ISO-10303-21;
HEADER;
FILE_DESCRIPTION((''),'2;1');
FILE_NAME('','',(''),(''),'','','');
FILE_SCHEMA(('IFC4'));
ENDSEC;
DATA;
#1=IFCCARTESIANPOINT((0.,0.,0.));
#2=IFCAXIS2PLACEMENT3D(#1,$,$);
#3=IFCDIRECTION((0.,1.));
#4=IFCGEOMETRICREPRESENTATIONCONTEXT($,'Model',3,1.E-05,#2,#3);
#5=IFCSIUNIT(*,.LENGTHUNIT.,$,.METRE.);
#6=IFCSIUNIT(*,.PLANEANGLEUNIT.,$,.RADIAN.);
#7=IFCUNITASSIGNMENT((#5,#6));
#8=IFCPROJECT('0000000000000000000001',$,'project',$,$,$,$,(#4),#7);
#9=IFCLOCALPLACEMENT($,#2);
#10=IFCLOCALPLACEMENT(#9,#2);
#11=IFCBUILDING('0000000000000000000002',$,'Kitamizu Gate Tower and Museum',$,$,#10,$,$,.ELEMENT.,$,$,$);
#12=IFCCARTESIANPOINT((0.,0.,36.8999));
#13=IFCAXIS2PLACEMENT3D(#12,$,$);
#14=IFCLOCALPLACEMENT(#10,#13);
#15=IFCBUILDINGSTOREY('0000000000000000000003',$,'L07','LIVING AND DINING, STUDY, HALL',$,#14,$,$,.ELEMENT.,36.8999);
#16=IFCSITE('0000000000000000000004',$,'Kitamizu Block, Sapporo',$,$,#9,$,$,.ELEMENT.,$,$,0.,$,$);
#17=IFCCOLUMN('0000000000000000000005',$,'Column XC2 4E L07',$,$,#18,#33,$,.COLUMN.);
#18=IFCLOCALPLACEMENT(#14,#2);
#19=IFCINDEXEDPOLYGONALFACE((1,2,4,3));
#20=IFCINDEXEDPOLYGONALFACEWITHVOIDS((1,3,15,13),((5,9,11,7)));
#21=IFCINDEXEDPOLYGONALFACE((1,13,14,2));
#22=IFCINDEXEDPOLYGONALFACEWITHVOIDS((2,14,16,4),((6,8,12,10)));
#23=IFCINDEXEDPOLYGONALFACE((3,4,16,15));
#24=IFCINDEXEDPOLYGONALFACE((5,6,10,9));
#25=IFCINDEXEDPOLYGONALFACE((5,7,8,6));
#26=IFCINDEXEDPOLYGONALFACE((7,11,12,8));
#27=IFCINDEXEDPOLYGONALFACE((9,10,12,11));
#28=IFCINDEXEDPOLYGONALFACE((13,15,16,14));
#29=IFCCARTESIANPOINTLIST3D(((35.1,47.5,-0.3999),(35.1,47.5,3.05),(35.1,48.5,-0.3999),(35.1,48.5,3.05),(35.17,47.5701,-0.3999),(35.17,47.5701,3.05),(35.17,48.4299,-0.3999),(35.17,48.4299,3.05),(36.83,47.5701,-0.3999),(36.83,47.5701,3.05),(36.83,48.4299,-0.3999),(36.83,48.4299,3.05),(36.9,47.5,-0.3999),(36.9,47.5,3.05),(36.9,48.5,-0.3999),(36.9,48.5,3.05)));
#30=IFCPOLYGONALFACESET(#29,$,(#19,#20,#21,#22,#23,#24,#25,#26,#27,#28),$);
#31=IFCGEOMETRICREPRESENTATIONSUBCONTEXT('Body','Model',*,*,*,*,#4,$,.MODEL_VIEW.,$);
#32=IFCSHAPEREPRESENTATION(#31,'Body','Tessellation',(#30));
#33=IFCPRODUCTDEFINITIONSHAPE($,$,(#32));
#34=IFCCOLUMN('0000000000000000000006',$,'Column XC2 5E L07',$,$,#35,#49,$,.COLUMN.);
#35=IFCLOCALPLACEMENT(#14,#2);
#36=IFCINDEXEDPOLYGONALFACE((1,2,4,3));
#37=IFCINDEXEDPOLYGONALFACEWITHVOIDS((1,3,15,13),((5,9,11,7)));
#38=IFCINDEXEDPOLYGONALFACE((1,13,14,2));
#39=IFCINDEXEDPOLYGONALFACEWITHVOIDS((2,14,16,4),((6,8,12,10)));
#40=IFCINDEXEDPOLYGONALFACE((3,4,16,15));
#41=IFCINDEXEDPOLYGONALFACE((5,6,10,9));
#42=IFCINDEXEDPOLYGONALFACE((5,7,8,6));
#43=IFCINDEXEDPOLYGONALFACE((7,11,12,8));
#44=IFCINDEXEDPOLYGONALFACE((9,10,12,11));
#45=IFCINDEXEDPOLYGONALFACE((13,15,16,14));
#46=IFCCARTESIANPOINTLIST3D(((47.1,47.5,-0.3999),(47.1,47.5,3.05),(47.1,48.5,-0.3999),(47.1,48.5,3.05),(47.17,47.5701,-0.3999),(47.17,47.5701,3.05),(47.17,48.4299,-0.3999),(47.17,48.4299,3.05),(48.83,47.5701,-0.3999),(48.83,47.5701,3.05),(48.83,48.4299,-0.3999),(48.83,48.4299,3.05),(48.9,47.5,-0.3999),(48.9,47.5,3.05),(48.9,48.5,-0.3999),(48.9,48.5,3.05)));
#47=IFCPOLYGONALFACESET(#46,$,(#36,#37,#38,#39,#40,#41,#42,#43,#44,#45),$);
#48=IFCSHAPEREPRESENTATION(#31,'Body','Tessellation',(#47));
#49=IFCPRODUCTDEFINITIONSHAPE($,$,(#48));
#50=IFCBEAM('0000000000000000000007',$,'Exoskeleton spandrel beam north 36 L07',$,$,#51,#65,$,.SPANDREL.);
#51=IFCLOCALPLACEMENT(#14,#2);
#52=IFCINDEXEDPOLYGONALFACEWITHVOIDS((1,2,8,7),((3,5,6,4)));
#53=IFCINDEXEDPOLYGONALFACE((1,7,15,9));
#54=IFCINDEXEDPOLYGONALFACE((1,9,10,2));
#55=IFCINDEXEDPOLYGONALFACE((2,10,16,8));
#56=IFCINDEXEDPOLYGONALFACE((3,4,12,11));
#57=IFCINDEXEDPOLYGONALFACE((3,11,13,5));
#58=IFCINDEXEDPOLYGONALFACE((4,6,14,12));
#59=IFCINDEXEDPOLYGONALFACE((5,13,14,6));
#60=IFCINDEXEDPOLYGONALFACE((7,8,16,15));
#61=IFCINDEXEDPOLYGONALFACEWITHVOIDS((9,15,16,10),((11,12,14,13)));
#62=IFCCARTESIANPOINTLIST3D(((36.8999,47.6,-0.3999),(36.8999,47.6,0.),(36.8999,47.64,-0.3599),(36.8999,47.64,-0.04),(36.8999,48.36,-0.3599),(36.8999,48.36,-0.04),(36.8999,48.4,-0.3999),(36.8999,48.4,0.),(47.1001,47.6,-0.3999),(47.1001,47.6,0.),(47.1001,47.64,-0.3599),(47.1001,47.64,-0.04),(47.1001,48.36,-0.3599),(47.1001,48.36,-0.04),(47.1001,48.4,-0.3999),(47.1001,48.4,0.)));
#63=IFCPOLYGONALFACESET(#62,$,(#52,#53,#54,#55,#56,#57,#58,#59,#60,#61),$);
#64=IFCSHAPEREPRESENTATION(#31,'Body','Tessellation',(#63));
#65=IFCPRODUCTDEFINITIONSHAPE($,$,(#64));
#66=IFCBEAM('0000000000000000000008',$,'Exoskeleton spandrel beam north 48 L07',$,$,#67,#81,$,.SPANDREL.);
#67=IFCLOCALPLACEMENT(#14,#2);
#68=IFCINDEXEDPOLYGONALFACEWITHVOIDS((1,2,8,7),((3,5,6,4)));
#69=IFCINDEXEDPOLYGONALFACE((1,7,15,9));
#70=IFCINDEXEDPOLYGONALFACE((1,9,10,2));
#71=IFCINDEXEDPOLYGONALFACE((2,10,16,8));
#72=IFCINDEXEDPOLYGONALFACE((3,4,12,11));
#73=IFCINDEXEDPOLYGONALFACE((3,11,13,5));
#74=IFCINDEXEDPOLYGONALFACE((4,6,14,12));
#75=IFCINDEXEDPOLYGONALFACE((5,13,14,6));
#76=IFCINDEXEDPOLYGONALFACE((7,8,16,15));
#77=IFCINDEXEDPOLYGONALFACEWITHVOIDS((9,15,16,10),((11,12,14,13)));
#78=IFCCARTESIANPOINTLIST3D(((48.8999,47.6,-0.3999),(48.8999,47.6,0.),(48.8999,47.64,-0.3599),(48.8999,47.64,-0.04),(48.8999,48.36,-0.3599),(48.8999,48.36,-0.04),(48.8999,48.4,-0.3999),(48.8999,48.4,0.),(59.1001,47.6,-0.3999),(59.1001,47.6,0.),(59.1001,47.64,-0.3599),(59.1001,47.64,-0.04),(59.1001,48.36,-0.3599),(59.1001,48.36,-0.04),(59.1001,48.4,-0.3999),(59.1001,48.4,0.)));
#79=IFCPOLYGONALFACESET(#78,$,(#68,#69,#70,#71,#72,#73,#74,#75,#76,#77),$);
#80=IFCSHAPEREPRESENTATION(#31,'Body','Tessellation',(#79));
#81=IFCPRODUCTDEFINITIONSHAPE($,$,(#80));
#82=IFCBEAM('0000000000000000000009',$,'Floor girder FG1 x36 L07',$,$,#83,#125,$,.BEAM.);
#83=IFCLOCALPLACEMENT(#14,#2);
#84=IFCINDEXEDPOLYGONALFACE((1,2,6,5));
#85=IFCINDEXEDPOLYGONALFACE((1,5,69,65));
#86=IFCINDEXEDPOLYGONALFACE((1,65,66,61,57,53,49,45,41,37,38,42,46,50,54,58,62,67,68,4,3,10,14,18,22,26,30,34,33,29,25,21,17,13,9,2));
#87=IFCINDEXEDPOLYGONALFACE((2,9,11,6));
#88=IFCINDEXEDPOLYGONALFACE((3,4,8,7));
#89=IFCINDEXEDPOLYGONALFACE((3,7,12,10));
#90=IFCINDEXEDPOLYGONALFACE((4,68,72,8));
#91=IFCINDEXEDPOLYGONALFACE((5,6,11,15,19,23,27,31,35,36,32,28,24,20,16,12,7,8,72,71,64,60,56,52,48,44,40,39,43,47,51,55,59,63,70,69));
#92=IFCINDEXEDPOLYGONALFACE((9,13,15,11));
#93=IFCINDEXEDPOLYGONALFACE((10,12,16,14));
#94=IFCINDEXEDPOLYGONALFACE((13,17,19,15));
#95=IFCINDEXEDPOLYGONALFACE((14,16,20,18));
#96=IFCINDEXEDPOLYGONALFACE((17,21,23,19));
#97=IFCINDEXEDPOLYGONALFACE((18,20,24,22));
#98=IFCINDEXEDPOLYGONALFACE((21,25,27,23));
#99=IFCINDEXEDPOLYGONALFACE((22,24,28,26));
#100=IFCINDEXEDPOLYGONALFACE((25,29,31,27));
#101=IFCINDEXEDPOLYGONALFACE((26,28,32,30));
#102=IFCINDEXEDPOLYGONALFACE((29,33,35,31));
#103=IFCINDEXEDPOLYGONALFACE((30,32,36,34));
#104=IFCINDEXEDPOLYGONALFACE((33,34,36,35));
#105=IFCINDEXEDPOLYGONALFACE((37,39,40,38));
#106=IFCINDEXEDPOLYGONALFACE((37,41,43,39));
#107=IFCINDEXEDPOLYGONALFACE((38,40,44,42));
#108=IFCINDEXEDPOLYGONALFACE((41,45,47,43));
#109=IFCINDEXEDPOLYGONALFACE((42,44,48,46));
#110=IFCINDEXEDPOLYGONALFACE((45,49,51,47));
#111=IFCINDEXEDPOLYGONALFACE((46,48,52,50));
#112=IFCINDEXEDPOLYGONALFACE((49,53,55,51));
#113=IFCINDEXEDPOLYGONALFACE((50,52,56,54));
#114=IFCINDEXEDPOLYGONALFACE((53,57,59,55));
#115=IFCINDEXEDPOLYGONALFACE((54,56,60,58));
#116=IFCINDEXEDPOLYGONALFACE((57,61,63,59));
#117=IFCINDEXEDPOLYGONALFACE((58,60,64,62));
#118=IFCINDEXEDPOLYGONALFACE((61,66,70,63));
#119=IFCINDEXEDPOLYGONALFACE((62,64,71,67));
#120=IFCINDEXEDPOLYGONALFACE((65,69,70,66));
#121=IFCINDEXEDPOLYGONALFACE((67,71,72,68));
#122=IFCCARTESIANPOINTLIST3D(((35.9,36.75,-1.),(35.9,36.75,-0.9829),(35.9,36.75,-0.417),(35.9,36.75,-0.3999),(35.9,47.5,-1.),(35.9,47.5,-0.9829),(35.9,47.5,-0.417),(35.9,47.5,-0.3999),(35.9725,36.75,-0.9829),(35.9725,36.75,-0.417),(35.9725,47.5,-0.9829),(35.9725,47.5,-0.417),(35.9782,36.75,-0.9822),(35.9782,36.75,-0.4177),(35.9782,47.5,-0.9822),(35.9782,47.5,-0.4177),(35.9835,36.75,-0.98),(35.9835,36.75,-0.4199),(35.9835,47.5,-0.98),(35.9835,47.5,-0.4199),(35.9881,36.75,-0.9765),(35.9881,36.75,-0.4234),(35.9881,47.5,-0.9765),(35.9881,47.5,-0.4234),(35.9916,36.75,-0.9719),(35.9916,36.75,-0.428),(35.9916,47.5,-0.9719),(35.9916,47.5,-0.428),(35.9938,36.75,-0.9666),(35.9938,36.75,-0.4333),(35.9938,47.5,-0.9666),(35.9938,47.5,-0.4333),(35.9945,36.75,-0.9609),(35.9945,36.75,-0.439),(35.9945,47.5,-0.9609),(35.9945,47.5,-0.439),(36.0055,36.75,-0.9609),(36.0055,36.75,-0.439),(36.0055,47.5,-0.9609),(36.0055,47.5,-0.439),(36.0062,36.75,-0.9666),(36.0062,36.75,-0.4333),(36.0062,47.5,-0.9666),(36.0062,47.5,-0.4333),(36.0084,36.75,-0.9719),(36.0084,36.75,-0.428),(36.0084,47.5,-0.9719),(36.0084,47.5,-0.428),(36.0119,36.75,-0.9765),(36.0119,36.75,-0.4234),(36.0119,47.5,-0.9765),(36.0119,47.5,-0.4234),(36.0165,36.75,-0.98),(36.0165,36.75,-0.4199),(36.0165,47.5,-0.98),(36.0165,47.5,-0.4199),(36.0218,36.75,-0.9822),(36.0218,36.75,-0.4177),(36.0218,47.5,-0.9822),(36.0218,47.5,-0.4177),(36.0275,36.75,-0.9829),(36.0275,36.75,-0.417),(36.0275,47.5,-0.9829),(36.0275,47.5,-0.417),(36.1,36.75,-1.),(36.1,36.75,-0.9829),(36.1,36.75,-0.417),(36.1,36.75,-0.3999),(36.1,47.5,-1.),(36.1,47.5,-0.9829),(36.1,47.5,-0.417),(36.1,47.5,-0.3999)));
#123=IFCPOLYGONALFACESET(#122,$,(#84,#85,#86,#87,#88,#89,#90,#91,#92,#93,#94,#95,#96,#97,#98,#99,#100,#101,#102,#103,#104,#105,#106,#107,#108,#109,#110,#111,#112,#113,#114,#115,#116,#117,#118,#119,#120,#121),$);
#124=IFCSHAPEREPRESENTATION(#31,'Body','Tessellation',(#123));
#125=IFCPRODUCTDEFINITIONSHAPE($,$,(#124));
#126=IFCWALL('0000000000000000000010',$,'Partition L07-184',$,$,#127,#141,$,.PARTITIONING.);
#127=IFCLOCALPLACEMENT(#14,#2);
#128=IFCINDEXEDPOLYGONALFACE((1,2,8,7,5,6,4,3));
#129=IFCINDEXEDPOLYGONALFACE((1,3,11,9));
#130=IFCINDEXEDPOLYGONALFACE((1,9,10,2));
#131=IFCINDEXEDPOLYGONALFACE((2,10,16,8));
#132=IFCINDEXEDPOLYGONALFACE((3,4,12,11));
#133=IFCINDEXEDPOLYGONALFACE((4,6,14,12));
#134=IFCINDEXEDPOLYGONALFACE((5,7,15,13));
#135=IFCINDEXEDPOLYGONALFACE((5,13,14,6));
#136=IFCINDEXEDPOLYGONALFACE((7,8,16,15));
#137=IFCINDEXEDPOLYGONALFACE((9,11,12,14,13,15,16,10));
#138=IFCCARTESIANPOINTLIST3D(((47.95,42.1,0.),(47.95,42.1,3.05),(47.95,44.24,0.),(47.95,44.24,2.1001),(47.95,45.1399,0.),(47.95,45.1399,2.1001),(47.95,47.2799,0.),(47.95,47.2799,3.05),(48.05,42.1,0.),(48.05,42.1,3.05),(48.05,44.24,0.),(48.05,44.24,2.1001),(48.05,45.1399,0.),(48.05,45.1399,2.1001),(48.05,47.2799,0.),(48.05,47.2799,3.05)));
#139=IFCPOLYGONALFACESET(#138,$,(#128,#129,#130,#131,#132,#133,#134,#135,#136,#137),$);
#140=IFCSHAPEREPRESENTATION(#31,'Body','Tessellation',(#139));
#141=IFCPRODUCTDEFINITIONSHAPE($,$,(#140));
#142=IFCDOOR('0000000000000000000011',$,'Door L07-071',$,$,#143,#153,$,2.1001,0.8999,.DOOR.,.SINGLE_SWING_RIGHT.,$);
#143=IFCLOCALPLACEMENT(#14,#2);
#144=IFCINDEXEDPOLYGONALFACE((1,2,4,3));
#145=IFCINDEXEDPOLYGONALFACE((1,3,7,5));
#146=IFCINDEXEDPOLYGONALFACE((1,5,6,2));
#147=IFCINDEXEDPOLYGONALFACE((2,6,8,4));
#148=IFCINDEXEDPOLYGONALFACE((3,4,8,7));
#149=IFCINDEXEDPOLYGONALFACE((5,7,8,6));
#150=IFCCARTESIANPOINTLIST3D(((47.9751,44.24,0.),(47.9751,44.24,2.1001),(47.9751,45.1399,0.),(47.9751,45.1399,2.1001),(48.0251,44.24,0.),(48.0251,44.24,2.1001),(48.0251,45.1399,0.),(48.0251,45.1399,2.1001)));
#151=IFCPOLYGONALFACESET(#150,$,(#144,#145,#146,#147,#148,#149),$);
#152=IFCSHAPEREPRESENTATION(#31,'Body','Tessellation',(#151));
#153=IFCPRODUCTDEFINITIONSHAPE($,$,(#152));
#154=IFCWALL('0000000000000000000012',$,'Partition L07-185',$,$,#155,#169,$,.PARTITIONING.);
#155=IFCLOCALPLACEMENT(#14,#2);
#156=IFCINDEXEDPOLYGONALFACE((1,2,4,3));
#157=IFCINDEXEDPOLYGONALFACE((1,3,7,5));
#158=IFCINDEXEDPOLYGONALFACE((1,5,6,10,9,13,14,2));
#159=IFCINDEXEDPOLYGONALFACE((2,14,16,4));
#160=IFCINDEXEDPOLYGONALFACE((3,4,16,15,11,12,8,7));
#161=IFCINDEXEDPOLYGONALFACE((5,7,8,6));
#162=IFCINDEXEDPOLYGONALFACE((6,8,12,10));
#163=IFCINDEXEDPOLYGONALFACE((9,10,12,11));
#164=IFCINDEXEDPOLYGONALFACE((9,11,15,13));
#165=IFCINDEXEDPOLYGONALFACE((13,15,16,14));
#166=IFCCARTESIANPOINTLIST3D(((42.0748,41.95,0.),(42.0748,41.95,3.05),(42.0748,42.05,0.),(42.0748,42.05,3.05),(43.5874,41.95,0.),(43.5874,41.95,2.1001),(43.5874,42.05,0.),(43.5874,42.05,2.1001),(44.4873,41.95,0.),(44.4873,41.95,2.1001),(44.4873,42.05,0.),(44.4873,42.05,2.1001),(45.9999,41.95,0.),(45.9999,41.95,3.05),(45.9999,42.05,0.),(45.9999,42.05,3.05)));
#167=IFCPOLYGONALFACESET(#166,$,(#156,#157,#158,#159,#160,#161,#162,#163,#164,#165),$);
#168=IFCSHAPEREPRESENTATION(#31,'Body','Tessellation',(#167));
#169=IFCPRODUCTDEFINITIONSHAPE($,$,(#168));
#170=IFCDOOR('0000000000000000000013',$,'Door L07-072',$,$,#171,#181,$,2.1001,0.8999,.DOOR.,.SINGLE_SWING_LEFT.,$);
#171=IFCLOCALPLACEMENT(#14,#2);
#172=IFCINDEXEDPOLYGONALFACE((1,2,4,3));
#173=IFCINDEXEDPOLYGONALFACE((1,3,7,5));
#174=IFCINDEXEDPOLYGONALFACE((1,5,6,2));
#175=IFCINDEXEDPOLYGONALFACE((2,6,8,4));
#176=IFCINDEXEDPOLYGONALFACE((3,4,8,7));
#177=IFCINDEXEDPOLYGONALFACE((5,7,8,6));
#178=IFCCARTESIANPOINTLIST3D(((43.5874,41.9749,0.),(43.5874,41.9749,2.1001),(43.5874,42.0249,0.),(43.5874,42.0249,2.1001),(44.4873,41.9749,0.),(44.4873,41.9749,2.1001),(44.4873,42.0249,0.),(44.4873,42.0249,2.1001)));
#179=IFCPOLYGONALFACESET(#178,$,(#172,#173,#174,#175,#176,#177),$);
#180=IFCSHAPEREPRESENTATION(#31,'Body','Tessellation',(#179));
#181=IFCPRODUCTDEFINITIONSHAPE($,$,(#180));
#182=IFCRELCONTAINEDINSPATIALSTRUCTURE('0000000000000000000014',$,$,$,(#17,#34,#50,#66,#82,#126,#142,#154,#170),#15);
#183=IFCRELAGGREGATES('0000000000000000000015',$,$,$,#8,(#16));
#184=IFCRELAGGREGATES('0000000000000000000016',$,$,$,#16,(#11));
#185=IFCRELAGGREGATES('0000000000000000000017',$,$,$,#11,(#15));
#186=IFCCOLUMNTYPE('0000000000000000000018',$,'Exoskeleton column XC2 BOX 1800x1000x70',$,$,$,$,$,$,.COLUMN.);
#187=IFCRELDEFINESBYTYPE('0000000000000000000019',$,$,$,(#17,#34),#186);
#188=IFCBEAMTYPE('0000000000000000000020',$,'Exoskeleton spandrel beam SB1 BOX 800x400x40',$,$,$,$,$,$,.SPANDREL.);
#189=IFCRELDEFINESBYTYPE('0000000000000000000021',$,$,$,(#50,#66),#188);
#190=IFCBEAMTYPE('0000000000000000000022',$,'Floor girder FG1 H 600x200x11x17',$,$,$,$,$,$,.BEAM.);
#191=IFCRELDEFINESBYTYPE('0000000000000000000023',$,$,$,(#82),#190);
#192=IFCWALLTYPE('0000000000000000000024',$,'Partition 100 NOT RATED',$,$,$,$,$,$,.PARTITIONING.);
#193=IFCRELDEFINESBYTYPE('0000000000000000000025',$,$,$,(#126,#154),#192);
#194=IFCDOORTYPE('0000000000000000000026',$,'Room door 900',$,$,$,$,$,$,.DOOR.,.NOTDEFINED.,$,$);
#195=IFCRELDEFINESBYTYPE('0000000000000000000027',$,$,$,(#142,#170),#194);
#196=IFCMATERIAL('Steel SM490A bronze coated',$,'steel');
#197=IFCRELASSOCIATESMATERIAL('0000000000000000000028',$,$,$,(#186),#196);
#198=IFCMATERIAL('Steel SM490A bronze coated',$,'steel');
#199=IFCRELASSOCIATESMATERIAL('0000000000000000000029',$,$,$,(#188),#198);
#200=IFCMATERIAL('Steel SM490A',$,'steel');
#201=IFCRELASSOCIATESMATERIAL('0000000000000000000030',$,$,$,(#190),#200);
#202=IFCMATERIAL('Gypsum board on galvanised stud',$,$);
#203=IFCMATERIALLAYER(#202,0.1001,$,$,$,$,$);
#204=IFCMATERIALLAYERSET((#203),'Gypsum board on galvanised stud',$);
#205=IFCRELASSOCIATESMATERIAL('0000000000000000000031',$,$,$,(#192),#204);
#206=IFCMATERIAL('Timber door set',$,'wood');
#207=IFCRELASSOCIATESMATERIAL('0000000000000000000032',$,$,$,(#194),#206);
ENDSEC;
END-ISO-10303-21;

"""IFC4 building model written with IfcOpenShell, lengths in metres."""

from ifc_helpers import new_model, si_unit, direction, frame, frame_2d, origin, origin_2d, place, context, subcontext, project, spatial, rectangle, hollow_rectangle, i_section, extrude, material, layer, layer_set, material_profile, profile_set, type_object, element, fill, save


model = new_model("IFC4")

# Units and contexts
model_context = context("Model", 3, precision=1e-05, world=origin(), true_north=direction((0.0, 1.0)))
body_context = subcontext(model_context, "Body", "Model", "MODEL_VIEW")
ifc_project = project(units=[si_unit("LENGTHUNIT", "METRE"), si_unit("PLANEANGLEUNIT", "RADIAN")], contexts=[model_context])

# Site, building, storey
site_placement = place(None, origin())
site = spatial("IfcSite", under=ifc_project, at=site_placement, Name="Kitamizu Block, Sapporo", CompositionType="ELEMENT", RefElevation=0.0)
building_placement = place(site_placement, origin())
building = spatial("IfcBuilding", under=site, at=building_placement, Name="Kitamizu Gate Tower and Museum", CompositionType="ELEMENT")
storey_placement = place(building_placement, frame((0.0, 0.0, 36.8999)))
storey = spatial("IfcBuildingStorey", under=building, at=storey_placement, Name="L07", Description="LIVING AND DINING, STUDY, HALL", CompositionType="ELEMENT", Elevation=36.8999)

# Columns
ifc_material_1 = material(Name="Steel SM490A bronze coated", Category="steel")
ifc_material_profile_1 = material_profile(ifc_material_1, hollow_rectangle(XDim=1.8, YDim=1.0, WallThickness=0.0701, at=origin_2d()), Name="BOX 1800x1000x70")
ifc_profile_set_1 = profile_set([ifc_material_profile_1], Name="Steel SM490A bronze coated")
column_type = type_object("IfcColumnType", Name="Exoskeleton column XC2 BOX 1800x1000x70", PredefinedType="COLUMN", material=ifc_profile_set_1)
for number, where, z_axis, x_axis, name in (
    (1, (36.0, 48.0, -0.3999), (0.0, 0.0, 1.0), (1.0, 0.0, 0.0), "Column XC2 4E L07"),
    (2, (48.0, 48.0, -0.3999), (0.0, 0.0, 1.0), (1.0, 0.0, 0.0), "Column XC2 5E L07"),
):
    element("IfcColumn", number, at=place(storey_placement, frame(where, z_axis=z_axis, x_axis=x_axis)), inside=storey, type_object=column_type, Name=name, PredefinedType="COLUMN", context=body_context, shape_type="SweptSolid", body=[
        extrude(hollow_rectangle(XDim=1.8, YDim=1.0, WallThickness=0.0701, at=origin_2d()), origin(), (0.0, 0.0, 1.0), 3.45),
    ])

# Beams
ifc_material_2 = material(Name="Steel SM490A bronze coated", Category="steel")
ifc_material_profile_2 = material_profile(ifc_material_2, hollow_rectangle(XDim=0.8, YDim=0.3999, WallThickness=0.04, at=origin_2d()), Name="BOX 800x400x40")
ifc_profile_set_2 = profile_set([ifc_material_profile_2], Name="Steel SM490A bronze coated")
beam_type_1 = type_object("IfcBeamType", Name="Exoskeleton spandrel beam SB1 BOX 800x400x40", PredefinedType="SPANDREL", material=ifc_profile_set_2)
for number, where, z_axis, x_axis, name in (
    (3, (36.8999, 48.0, -0.2), (1.0, 0.0, 0.0), (0.0, 1.0, 0.0), "Exoskeleton spandrel beam north 36 L07"),
    (4, (48.8999, 48.0, -0.2), (1.0, 0.0, 0.0), (0.0, 1.0, 0.0), "Exoskeleton spandrel beam north 48 L07"),
):
    element("IfcBeam", number, at=place(storey_placement, frame(where, z_axis=z_axis, x_axis=x_axis)), inside=storey, type_object=beam_type_1, Name=name, PredefinedType="SPANDREL", context=body_context, shape_type="SweptSolid", body=[
        extrude(hollow_rectangle(XDim=0.8, YDim=0.3999, WallThickness=0.04, at=origin_2d()), origin(), (0.0, 0.0, 1.0), 10.2002),
    ])
ifc_material_3 = material(Name="Steel SM490A", Category="steel")
ifc_material_profile_3 = material_profile(ifc_material_3, i_section(OverallWidth=0.2, OverallDepth=0.6001, WebThickness=0.011, FlangeThickness=0.0171, FilletRadius=0.022, at=origin_2d()), Name="H-600x200x11x17")
ifc_profile_set_3 = profile_set([ifc_material_profile_3], Name="Steel SM490A")
beam_type_2 = type_object("IfcBeamType", Name="Floor girder FG1 H 600x200x11x17", PredefinedType="BEAM", material=ifc_profile_set_3)
beam_placement = place(storey_placement, frame((36.0, 36.75, -0.7), z_axis=(0.0, 1.0, 0.0), x_axis=(-1.0, 0.0, 0.0)))
element("IfcBeam", 5, at=beam_placement, inside=storey, type_object=beam_type_2, Name="Floor girder FG1 x36 L07", PredefinedType="BEAM", context=body_context, shape_type="SweptSolid", body=[
    extrude(i_section(OverallWidth=0.2, OverallDepth=0.6001, WebThickness=0.011, FlangeThickness=0.0171, FilletRadius=0.022, at=origin_2d()), origin(), (0.0, 0.0, 1.0), 10.75),
])

# Walls, openings, doors
ifc_material_4 = material(Name="Gypsum board on galvanised stud")
ifc_layer_1 = layer(ifc_material_4, 0.1001)
ifc_layer_set_1 = layer_set([ifc_layer_1], Name="Gypsum board on galvanised stud")
wall_type_1 = type_object("IfcWallType", Name="Partition 100 NOT RATED", PredefinedType="PARTITIONING", material=ifc_layer_set_1)
wall_1_placement = place(storey_placement, frame((48.0, 42.1001, 0.0), z_axis=(0.0, 0.0, 1.0), x_axis=(0.0, 1.0, 0.0)))
wall_1 = element("IfcWall", 6, at=wall_1_placement, inside=storey, type_object=wall_type_1, Name="Partition L07-184", PredefinedType="PARTITIONING", context=body_context, shape_type="SweptSolid", body=[
    extrude(rectangle(XDim=5.1799, YDim=0.1001, at=frame_2d((2.5898, 0.0))), origin(), (0.0, 0.0, 1.0), 3.05),
])
opening_1_placement = place(wall_1_placement, frame((2.1399, 0.0, 0.0)))
opening_1 = element("IfcOpeningElement", 7, at=opening_1_placement, cuts=wall_1, PredefinedType="OPENING", context=body_context, shape_type="SweptSolid", body=[
    extrude(rectangle(XDim=0.8999, YDim=2.1001, at=frame_2d((0.45, 1.05))), frame((0.0, 0.0601, 0.0), z_axis=(0.0, -1.0, 0.0), x_axis=(1.0, 0.0, 0.0)), (0.0, 0.0, 1.0), 0.1201),
])
ifc_material_5 = material(Name="Timber door set", Category="wood")
door_type_1 = type_object("IfcDoorType", Name="Room door 900", OperationType="NOTDEFINED", PredefinedType="DOOR", material=ifc_material_5)
door_1_placement = place(opening_1_placement, origin())
door_1 = element("IfcDoor", 8, at=door_1_placement, inside=storey, type_object=door_type_1, Name="Door L07-071", OperationType="SINGLE_SWING_RIGHT", OverallHeight=2.1001, OverallWidth=0.8999, PredefinedType="DOOR", context=body_context, shape_type="SweptSolid", body=[
    extrude(rectangle(XDim=0.8999, YDim=2.1001, at=frame_2d((0.45, 1.05))), frame((0.0, 0.0249, 0.0), z_axis=(0.0, -1.0, 0.0), x_axis=(1.0, 0.0, 0.0)), (0.0, 0.0, 1.0), 0.05),
])
fill(opening_1, door_1)
wall_2_placement = place(storey_placement, frame((42.075, 42.0, 0.0), z_axis=(0.0, 0.0, 1.0), x_axis=(1.0, 0.0, 0.0)))
wall_2 = element("IfcWall", 9, at=wall_2_placement, inside=storey, type_object=wall_type_1, Name="Partition L07-185", PredefinedType="PARTITIONING", context=body_context, shape_type="SweptSolid", body=[
    extrude(rectangle(XDim=3.925, YDim=0.1001, at=frame_2d((1.9624, 0.0))), origin(), (0.0, 0.0, 1.0), 3.05),
])
opening_2_placement = place(wall_2_placement, frame((1.5125, 0.0, 0.0)))
opening_2 = element("IfcOpeningElement", 10, at=opening_2_placement, cuts=wall_2, PredefinedType="OPENING", context=body_context, shape_type="SweptSolid", body=[
    extrude(rectangle(XDim=0.8999, YDim=2.1001, at=frame_2d((0.45, 1.05))), frame((0.0, 0.0601, 0.0), z_axis=(0.0, -1.0, 0.0), x_axis=(1.0, 0.0, 0.0)), (0.0, 0.0, 1.0), 0.1201),
])
door_2_placement = place(opening_2_placement, origin())
door_2 = element("IfcDoor", 11, at=door_2_placement, inside=storey, type_object=door_type_1, Name="Door L07-072", OperationType="SINGLE_SWING_LEFT", OverallHeight=2.1001, OverallWidth=0.8999, PredefinedType="DOOR", context=body_context, shape_type="SweptSolid", body=[
    extrude(rectangle(XDim=0.8999, YDim=2.1001, at=frame_2d((0.45, 1.05))), frame((0.0, 0.0249, 0.0), z_axis=(0.0, -1.0, 0.0), x_axis=(1.0, 0.0, 0.0)), (0.0, 0.0, 1.0), 0.05),
])
fill(opening_2, door_2)

save(model, "model.ifc")
